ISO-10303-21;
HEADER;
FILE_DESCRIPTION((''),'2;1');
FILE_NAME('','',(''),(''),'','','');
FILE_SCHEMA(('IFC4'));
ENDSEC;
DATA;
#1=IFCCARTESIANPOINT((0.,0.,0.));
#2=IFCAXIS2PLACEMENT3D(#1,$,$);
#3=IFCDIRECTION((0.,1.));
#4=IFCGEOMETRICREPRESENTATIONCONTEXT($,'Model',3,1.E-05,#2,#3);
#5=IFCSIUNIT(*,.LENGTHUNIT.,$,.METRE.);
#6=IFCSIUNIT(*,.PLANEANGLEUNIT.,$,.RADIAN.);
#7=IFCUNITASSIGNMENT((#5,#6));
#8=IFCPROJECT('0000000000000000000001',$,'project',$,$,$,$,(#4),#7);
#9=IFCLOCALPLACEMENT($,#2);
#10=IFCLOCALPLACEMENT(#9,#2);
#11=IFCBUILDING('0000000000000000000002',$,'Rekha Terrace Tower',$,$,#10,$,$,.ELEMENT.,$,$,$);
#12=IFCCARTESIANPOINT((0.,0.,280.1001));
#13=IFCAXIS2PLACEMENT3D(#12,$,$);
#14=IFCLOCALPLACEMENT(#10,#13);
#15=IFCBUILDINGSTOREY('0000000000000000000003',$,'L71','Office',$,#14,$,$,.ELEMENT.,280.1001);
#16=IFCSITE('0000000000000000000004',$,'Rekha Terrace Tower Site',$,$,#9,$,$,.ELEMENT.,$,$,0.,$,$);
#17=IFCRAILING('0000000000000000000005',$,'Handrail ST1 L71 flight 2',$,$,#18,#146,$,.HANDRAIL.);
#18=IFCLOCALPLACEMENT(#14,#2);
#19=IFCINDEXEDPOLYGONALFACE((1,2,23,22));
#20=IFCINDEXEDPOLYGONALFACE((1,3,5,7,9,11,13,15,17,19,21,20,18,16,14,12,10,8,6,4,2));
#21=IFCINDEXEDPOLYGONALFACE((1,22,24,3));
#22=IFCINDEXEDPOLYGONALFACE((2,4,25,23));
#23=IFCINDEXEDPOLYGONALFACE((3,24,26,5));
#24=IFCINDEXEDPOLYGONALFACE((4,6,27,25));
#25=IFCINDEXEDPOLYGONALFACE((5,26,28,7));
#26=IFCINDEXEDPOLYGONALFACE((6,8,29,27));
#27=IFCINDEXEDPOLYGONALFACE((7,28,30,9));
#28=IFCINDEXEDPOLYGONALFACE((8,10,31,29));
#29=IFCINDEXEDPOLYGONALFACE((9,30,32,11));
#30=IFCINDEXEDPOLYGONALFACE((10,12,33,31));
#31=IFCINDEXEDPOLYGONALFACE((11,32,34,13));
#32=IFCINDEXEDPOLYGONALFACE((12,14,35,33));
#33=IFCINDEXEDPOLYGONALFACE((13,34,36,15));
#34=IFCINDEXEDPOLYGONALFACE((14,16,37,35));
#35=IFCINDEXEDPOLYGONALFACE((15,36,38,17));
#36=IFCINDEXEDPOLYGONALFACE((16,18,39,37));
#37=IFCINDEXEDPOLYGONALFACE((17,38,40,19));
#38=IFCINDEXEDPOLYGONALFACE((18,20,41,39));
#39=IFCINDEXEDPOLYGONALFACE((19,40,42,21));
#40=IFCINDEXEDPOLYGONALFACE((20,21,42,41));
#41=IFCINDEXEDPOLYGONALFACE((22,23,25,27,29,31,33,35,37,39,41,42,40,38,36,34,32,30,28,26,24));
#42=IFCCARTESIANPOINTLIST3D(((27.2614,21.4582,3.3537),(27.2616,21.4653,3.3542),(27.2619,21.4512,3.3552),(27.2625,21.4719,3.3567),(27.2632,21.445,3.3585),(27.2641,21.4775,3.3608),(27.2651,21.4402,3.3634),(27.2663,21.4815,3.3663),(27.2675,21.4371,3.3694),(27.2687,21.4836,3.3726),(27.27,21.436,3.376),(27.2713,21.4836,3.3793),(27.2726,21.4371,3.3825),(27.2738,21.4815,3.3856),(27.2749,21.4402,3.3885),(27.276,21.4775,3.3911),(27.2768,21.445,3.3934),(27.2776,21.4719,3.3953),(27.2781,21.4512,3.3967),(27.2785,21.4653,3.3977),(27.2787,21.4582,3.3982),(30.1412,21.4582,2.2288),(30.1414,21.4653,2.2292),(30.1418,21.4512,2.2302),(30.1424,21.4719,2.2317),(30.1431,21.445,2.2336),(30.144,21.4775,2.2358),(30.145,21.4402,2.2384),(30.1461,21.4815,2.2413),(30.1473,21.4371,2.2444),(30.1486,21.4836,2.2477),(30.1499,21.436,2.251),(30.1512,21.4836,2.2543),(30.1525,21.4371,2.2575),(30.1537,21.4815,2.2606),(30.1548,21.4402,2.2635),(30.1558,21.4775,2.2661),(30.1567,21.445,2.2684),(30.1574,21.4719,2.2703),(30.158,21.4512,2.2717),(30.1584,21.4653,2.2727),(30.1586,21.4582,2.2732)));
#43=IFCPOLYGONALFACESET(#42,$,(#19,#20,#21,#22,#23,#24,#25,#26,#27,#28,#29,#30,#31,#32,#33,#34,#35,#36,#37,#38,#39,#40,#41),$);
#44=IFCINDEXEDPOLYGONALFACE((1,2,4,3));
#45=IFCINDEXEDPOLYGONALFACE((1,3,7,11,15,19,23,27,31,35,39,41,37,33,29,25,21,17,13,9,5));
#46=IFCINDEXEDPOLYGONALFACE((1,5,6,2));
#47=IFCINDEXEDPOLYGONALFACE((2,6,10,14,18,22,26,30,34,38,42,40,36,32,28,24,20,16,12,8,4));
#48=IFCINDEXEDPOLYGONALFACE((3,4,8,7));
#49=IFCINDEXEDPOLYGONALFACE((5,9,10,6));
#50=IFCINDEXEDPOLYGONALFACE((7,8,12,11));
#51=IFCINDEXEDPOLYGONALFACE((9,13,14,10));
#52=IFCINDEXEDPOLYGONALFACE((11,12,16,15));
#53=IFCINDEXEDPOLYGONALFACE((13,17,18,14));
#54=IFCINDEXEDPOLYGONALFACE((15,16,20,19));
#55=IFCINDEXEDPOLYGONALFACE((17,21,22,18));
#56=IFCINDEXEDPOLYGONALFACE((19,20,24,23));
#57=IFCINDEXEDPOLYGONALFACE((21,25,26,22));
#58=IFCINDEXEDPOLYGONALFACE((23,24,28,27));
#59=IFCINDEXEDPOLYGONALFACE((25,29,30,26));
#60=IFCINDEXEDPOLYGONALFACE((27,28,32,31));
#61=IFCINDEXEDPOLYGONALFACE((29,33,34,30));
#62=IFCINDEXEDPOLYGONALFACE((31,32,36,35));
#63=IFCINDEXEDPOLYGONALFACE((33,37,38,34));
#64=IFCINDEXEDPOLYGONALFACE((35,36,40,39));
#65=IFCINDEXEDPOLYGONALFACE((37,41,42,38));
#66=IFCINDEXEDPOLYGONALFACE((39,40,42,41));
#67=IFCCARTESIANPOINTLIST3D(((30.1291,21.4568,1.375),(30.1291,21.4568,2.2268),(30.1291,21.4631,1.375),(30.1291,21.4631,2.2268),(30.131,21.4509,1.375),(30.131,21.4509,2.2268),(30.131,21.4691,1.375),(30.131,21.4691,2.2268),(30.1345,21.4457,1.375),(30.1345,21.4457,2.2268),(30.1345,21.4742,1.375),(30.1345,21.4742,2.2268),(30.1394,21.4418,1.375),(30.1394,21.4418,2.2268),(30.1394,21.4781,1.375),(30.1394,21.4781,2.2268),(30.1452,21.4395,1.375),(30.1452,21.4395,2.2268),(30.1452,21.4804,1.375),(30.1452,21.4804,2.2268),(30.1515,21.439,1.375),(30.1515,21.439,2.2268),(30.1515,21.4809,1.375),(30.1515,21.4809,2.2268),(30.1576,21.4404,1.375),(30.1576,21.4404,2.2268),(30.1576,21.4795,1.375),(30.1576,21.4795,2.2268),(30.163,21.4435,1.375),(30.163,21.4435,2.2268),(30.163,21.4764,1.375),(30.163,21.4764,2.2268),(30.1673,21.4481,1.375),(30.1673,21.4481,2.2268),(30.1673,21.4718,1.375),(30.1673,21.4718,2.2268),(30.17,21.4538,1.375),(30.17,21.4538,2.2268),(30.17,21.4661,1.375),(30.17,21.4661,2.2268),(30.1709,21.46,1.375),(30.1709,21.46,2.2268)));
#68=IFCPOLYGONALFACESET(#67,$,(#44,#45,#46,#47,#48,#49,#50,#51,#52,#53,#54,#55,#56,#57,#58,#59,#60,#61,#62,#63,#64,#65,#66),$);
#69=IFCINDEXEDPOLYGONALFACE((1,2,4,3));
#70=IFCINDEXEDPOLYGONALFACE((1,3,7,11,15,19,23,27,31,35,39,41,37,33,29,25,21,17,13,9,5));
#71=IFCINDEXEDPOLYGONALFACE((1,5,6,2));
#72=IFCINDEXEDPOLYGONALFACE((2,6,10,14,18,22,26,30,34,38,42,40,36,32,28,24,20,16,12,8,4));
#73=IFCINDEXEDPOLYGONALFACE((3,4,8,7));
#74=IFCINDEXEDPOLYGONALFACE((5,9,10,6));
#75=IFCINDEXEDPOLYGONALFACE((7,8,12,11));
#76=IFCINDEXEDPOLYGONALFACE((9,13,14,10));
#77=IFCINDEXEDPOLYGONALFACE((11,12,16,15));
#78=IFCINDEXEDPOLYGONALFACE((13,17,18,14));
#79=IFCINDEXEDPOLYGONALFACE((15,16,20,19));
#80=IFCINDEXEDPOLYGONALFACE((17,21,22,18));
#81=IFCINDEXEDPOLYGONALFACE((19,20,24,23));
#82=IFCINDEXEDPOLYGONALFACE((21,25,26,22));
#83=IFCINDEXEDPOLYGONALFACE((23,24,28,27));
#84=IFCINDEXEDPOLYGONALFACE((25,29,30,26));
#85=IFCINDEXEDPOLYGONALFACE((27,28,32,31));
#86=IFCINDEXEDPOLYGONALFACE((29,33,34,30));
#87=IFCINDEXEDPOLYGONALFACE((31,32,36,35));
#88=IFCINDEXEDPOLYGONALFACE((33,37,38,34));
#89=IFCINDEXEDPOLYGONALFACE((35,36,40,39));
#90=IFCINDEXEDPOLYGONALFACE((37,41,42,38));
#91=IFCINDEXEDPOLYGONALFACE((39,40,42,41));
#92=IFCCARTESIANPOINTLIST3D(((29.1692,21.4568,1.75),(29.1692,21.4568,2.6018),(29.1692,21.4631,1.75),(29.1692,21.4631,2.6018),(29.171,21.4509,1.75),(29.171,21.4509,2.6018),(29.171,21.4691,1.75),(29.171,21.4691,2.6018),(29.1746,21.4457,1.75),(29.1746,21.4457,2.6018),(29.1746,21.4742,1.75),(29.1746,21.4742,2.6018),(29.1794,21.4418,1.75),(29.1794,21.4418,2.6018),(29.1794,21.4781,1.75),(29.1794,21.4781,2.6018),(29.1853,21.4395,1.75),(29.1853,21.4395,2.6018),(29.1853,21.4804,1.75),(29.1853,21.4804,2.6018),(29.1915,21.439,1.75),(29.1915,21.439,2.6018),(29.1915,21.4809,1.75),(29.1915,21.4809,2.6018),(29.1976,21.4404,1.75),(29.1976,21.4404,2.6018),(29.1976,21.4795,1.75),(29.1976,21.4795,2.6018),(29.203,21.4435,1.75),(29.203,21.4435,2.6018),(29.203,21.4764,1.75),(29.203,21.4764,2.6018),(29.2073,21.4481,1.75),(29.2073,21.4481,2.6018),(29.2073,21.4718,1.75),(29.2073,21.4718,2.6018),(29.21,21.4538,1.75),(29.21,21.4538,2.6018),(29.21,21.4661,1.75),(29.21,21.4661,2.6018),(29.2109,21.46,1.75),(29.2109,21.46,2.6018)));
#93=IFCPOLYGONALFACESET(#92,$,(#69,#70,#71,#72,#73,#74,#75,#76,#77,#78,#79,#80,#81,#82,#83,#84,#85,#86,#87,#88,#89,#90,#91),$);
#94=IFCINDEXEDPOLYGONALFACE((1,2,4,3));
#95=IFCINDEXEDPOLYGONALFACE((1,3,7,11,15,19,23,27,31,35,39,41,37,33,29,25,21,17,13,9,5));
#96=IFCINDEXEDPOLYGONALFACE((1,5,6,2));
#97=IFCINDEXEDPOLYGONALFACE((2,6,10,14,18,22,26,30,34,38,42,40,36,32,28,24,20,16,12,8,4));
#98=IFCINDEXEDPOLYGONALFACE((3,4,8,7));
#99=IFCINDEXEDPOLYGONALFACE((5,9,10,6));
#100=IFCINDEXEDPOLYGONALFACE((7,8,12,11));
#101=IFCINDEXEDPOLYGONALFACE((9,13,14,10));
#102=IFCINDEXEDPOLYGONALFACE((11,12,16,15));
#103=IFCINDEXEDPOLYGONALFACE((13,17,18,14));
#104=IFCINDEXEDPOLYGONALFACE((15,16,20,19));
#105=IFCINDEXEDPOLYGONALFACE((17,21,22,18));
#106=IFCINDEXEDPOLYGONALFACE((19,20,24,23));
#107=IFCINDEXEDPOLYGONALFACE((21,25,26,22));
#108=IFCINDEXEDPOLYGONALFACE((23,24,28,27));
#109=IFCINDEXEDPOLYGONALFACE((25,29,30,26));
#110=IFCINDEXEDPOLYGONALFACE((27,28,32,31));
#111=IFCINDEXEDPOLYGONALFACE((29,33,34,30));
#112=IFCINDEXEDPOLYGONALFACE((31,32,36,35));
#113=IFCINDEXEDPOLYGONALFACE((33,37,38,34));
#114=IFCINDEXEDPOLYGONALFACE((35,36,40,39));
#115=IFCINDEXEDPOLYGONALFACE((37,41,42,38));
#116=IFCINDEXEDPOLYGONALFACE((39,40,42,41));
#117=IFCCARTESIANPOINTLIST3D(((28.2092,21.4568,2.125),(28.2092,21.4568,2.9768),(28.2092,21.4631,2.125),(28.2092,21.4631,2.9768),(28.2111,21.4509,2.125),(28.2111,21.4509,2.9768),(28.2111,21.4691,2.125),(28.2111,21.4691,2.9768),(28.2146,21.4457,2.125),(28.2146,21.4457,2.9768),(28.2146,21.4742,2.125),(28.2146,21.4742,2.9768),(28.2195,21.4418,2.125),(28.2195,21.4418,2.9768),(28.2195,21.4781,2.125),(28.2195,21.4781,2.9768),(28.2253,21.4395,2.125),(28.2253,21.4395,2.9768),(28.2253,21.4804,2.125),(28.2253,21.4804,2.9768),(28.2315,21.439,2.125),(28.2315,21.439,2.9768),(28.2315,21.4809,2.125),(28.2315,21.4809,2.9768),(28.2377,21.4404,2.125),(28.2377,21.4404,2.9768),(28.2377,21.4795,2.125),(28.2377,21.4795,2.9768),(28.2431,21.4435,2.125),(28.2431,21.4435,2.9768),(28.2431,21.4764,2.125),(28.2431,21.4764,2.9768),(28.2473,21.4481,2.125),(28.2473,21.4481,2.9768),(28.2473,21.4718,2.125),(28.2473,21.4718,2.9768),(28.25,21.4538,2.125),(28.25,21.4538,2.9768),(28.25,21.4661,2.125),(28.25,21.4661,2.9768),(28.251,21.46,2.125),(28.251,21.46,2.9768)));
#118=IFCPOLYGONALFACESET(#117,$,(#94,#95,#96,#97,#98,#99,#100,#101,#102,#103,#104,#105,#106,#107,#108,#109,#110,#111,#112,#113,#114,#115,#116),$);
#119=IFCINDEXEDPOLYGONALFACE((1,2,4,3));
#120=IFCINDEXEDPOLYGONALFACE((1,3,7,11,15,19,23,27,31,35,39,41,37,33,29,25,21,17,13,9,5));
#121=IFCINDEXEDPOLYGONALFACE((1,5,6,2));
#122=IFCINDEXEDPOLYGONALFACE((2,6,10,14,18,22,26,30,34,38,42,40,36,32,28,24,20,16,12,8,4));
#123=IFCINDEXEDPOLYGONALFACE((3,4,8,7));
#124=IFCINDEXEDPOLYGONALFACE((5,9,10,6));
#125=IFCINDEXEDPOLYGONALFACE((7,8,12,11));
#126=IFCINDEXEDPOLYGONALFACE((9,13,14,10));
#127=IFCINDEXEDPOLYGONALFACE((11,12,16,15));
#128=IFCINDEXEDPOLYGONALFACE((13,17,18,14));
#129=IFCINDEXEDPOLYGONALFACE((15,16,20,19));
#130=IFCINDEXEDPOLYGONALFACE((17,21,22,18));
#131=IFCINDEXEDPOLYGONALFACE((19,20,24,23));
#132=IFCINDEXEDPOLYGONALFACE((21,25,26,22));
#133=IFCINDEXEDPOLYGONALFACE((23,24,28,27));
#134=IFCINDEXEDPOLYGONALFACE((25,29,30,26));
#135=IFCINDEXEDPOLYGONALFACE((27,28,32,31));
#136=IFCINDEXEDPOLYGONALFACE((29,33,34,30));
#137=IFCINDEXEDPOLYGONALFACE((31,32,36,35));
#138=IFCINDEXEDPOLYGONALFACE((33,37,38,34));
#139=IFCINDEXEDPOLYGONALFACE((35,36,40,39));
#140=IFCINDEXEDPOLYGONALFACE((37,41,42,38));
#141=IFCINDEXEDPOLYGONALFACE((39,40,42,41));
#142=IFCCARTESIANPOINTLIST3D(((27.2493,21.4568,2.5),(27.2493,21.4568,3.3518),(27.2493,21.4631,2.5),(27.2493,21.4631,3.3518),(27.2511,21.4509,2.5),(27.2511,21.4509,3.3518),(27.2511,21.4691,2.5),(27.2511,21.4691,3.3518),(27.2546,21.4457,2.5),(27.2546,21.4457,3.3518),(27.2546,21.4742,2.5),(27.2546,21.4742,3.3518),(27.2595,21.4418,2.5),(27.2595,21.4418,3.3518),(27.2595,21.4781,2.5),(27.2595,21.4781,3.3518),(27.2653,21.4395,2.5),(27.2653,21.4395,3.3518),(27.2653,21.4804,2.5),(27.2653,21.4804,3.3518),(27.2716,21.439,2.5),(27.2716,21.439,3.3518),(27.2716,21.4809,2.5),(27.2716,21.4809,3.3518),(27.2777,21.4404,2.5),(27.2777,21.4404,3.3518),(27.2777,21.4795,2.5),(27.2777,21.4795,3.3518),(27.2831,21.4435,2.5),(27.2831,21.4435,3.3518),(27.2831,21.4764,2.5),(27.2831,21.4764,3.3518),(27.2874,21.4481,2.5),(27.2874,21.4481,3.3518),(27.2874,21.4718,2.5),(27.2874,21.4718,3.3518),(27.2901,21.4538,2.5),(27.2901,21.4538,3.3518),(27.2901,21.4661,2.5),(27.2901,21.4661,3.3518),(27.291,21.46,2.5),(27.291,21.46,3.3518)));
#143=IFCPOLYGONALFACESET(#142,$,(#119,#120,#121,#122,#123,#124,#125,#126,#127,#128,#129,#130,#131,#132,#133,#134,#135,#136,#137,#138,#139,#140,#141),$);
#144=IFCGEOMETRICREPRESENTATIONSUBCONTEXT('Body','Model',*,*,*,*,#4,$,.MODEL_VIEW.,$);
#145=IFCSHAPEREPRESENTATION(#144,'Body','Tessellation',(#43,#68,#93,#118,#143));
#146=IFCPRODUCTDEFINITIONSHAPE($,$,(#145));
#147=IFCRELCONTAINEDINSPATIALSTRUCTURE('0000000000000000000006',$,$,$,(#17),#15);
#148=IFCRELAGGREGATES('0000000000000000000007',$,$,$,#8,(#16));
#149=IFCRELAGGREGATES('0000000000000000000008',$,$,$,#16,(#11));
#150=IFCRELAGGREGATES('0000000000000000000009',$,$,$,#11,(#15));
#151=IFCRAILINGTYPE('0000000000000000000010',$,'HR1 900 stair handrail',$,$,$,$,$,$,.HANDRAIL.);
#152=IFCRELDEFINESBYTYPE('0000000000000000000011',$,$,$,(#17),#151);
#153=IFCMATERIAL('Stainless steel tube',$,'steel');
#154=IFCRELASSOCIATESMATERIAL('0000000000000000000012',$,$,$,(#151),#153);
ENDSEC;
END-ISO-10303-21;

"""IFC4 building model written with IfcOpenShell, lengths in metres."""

from ifc_helpers import new_model, si_unit, direction, frame, origin, origin_2d, place, context, subcontext, project, spatial, circle, extrude, material, type_object, element, save


model = new_model("IFC4")

# Units and contexts
model_context = context("Model", 3, precision=1e-05, world=origin(), true_north=direction((0.0, 1.0)))
body_context = subcontext(model_context, "Body", "Model", "MODEL_VIEW")
ifc_project = project(units=[si_unit("LENGTHUNIT", "METRE"), si_unit("PLANEANGLEUNIT", "RADIAN")], contexts=[model_context])

# Site, building, storey
site_placement = place(None, origin())
site = spatial("IfcSite", under=ifc_project, at=site_placement, Name="Rekha Terrace Tower Site", CompositionType="ELEMENT", RefElevation=0.0)
building_placement = place(site_placement, origin())
building = spatial("IfcBuilding", under=site, at=building_placement, Name="Rekha Terrace Tower", CompositionType="ELEMENT")
storey_placement = place(building_placement, frame((0.0, 0.0, 280.1001)))
storey = spatial("IfcBuildingStorey", under=building, at=storey_placement, Name="L71", Description="Office", CompositionType="ELEMENT", Elevation=280.1001)

# Railing
ifc_material_1 = material(Name="Stainless steel tube", Category="steel")
railing_type = type_object("IfcRailingType", Name="HR1 900 stair handrail", PredefinedType="HANDRAIL", material=ifc_material_1)
railing_placement = place(storey_placement, frame((30.1499, 21.46, 1.375)))
element("IfcRailing", 1, at=railing_placement, inside=storey, type_object=railing_type, Name="Handrail ST1 L71 flight 2", PredefinedType="HANDRAIL", context=body_context, shape_type="SweptSolid", body=[
    extrude(circle(Radius=0.0239, at=origin_2d()), frame((0.0, 0.0, 0.876), z_axis=(-0.931452, 0.0, 0.363863), x_axis=(0.0, -1.0, 0.0)), (0.0, 0.0, 1.0), 3.0918),
    extrude(circle(Radius=0.021, at=origin_2d()), origin(), (0.0, 0.0, 1.0), 0.8518),
    extrude(circle(Radius=0.021, at=origin_2d()), frame((-0.96, 0.0, 0.375)), (0.0, 0.0, 1.0), 0.8518),
    extrude(circle(Radius=0.021, at=origin_2d()), frame((-1.9199, 0.0, 0.75)), (0.0, 0.0, 1.0), 0.8518),
    extrude(circle(Radius=0.021, at=origin_2d()), frame((-2.8799, 0.0, 1.125)), (0.0, 0.0, 1.0), 0.8518),
])

save(model, "model.ifc")
